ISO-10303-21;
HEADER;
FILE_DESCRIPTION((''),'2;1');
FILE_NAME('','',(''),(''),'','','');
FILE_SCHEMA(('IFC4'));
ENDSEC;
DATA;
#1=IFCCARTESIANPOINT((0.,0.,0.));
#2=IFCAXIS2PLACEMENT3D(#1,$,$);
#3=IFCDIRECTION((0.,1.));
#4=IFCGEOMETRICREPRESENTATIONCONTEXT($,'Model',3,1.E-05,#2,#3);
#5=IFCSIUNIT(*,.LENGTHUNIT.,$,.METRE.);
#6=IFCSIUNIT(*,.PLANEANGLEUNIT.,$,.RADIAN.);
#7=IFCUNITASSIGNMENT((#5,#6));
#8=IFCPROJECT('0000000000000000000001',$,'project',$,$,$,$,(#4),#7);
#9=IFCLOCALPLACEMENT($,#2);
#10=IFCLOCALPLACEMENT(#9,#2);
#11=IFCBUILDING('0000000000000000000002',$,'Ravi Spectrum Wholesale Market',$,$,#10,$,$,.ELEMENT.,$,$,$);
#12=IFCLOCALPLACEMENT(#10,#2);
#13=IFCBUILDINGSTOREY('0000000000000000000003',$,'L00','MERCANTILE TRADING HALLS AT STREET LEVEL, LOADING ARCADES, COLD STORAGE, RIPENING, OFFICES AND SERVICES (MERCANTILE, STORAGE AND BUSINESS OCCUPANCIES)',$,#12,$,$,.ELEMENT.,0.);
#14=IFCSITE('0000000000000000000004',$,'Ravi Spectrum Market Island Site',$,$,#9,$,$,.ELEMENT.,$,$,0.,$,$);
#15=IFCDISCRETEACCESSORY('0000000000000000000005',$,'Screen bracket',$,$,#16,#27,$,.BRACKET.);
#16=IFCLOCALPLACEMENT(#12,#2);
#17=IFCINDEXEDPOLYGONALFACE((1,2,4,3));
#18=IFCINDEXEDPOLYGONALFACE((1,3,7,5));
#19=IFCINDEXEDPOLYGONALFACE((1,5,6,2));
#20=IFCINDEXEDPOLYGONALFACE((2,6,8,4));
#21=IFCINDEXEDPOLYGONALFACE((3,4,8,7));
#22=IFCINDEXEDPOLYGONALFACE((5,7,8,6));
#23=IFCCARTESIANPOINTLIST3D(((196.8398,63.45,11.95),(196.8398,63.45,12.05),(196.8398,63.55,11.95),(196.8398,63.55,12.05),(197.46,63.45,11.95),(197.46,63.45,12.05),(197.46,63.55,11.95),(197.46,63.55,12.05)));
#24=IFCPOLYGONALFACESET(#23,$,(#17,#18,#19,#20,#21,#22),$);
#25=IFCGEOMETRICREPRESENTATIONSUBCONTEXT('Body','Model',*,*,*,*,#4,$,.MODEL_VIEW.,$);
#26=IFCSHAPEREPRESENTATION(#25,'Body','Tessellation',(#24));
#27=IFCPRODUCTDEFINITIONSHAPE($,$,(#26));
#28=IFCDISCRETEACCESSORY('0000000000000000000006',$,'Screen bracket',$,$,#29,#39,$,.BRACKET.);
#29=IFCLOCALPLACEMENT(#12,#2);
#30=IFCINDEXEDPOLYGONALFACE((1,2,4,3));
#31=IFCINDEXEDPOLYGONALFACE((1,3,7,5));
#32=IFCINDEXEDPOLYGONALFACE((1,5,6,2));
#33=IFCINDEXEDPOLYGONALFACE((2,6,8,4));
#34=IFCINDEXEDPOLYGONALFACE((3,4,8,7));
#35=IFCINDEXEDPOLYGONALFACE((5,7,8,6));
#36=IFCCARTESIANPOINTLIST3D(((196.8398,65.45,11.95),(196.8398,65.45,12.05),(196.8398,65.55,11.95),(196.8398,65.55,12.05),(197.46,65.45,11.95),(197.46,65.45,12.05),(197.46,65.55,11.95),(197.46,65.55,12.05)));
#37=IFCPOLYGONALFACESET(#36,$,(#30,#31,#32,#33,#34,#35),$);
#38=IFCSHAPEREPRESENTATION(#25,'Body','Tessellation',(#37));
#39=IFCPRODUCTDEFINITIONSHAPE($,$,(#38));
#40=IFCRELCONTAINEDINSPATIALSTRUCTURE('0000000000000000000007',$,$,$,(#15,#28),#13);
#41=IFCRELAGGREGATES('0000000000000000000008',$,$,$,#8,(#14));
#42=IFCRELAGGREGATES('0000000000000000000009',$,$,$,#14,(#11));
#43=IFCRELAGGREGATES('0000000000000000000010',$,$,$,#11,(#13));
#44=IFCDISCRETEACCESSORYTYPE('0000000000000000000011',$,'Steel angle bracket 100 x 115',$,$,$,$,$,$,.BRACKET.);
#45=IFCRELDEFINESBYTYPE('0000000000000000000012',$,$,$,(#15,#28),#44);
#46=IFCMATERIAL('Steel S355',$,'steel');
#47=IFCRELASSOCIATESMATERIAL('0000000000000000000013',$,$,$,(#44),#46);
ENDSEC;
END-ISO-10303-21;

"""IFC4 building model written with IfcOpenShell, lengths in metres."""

from ifc_helpers import new_model, si_unit, direction, frame, origin, origin_2d, place, context, subcontext, project, spatial, rectangle, extrude, material, type_object, element, save


model = new_model("IFC4")

# Units and contexts
model_context = context("Model", 3, precision=1e-05, world=origin(), true_north=direction((0.0, 1.0)))
body_context = subcontext(model_context, "Body", "Model", "MODEL_VIEW")
ifc_project = project(units=[si_unit("LENGTHUNIT", "METRE"), si_unit("PLANEANGLEUNIT", "RADIAN")], contexts=[model_context])

# Site, building, storey
site_placement = place(None, origin())
site = spatial("IfcSite", under=ifc_project, at=site_placement, Name="Ravi Spectrum Market Island Site", CompositionType="ELEMENT", RefElevation=0.0)
building_placement = place(site_placement, origin())
building = spatial("IfcBuilding", under=site, at=building_placement, Name="Ravi Spectrum Wholesale Market", CompositionType="ELEMENT")
storey_placement = place(building_placement, origin())
storey = spatial("IfcBuildingStorey", under=building, at=storey_placement, Name="L00", Description="MERCANTILE TRADING HALLS AT STREET LEVEL, LOADING ARCADES, COLD STORAGE, RIPENING, OFFICES AND SERVICES (MERCANTILE, STORAGE AND BUSINESS OCCUPANCIES)", CompositionType="ELEMENT", Elevation=0.0)

# Discrete accessories
ifc_material_1 = material(Name="Steel S355", Category="steel")
discrete_accessory_type = type_object("IfcDiscreteAccessoryType", Name="Steel angle bracket 100 x 115", PredefinedType="BRACKET", material=ifc_material_1)
for number, where, z_axis, x_axis, name in (
    (1, (197.1499, 63.5, 11.95), (0.0, 0.0, 1.0), (1.0, 0.0, 0.0), "Screen bracket"),
    (2, (197.1499, 65.5, 11.95), (0.0, 0.0, 1.0), (1.0, 0.0, 0.0), "Screen bracket"),
):
    element("IfcDiscreteAccessory", number, at=place(storey_placement, frame(where, z_axis=z_axis, x_axis=x_axis)), inside=storey, type_object=discrete_accessory_type, Name=name, PredefinedType="BRACKET", context=body_context, shape_type="SweptSolid", body=[
        extrude(rectangle(XDim=0.6201, YDim=0.1001, at=origin_2d()), origin(), (0.0, 0.0, 1.0), 0.1001),
    ])

save(model, "model.ifc")
